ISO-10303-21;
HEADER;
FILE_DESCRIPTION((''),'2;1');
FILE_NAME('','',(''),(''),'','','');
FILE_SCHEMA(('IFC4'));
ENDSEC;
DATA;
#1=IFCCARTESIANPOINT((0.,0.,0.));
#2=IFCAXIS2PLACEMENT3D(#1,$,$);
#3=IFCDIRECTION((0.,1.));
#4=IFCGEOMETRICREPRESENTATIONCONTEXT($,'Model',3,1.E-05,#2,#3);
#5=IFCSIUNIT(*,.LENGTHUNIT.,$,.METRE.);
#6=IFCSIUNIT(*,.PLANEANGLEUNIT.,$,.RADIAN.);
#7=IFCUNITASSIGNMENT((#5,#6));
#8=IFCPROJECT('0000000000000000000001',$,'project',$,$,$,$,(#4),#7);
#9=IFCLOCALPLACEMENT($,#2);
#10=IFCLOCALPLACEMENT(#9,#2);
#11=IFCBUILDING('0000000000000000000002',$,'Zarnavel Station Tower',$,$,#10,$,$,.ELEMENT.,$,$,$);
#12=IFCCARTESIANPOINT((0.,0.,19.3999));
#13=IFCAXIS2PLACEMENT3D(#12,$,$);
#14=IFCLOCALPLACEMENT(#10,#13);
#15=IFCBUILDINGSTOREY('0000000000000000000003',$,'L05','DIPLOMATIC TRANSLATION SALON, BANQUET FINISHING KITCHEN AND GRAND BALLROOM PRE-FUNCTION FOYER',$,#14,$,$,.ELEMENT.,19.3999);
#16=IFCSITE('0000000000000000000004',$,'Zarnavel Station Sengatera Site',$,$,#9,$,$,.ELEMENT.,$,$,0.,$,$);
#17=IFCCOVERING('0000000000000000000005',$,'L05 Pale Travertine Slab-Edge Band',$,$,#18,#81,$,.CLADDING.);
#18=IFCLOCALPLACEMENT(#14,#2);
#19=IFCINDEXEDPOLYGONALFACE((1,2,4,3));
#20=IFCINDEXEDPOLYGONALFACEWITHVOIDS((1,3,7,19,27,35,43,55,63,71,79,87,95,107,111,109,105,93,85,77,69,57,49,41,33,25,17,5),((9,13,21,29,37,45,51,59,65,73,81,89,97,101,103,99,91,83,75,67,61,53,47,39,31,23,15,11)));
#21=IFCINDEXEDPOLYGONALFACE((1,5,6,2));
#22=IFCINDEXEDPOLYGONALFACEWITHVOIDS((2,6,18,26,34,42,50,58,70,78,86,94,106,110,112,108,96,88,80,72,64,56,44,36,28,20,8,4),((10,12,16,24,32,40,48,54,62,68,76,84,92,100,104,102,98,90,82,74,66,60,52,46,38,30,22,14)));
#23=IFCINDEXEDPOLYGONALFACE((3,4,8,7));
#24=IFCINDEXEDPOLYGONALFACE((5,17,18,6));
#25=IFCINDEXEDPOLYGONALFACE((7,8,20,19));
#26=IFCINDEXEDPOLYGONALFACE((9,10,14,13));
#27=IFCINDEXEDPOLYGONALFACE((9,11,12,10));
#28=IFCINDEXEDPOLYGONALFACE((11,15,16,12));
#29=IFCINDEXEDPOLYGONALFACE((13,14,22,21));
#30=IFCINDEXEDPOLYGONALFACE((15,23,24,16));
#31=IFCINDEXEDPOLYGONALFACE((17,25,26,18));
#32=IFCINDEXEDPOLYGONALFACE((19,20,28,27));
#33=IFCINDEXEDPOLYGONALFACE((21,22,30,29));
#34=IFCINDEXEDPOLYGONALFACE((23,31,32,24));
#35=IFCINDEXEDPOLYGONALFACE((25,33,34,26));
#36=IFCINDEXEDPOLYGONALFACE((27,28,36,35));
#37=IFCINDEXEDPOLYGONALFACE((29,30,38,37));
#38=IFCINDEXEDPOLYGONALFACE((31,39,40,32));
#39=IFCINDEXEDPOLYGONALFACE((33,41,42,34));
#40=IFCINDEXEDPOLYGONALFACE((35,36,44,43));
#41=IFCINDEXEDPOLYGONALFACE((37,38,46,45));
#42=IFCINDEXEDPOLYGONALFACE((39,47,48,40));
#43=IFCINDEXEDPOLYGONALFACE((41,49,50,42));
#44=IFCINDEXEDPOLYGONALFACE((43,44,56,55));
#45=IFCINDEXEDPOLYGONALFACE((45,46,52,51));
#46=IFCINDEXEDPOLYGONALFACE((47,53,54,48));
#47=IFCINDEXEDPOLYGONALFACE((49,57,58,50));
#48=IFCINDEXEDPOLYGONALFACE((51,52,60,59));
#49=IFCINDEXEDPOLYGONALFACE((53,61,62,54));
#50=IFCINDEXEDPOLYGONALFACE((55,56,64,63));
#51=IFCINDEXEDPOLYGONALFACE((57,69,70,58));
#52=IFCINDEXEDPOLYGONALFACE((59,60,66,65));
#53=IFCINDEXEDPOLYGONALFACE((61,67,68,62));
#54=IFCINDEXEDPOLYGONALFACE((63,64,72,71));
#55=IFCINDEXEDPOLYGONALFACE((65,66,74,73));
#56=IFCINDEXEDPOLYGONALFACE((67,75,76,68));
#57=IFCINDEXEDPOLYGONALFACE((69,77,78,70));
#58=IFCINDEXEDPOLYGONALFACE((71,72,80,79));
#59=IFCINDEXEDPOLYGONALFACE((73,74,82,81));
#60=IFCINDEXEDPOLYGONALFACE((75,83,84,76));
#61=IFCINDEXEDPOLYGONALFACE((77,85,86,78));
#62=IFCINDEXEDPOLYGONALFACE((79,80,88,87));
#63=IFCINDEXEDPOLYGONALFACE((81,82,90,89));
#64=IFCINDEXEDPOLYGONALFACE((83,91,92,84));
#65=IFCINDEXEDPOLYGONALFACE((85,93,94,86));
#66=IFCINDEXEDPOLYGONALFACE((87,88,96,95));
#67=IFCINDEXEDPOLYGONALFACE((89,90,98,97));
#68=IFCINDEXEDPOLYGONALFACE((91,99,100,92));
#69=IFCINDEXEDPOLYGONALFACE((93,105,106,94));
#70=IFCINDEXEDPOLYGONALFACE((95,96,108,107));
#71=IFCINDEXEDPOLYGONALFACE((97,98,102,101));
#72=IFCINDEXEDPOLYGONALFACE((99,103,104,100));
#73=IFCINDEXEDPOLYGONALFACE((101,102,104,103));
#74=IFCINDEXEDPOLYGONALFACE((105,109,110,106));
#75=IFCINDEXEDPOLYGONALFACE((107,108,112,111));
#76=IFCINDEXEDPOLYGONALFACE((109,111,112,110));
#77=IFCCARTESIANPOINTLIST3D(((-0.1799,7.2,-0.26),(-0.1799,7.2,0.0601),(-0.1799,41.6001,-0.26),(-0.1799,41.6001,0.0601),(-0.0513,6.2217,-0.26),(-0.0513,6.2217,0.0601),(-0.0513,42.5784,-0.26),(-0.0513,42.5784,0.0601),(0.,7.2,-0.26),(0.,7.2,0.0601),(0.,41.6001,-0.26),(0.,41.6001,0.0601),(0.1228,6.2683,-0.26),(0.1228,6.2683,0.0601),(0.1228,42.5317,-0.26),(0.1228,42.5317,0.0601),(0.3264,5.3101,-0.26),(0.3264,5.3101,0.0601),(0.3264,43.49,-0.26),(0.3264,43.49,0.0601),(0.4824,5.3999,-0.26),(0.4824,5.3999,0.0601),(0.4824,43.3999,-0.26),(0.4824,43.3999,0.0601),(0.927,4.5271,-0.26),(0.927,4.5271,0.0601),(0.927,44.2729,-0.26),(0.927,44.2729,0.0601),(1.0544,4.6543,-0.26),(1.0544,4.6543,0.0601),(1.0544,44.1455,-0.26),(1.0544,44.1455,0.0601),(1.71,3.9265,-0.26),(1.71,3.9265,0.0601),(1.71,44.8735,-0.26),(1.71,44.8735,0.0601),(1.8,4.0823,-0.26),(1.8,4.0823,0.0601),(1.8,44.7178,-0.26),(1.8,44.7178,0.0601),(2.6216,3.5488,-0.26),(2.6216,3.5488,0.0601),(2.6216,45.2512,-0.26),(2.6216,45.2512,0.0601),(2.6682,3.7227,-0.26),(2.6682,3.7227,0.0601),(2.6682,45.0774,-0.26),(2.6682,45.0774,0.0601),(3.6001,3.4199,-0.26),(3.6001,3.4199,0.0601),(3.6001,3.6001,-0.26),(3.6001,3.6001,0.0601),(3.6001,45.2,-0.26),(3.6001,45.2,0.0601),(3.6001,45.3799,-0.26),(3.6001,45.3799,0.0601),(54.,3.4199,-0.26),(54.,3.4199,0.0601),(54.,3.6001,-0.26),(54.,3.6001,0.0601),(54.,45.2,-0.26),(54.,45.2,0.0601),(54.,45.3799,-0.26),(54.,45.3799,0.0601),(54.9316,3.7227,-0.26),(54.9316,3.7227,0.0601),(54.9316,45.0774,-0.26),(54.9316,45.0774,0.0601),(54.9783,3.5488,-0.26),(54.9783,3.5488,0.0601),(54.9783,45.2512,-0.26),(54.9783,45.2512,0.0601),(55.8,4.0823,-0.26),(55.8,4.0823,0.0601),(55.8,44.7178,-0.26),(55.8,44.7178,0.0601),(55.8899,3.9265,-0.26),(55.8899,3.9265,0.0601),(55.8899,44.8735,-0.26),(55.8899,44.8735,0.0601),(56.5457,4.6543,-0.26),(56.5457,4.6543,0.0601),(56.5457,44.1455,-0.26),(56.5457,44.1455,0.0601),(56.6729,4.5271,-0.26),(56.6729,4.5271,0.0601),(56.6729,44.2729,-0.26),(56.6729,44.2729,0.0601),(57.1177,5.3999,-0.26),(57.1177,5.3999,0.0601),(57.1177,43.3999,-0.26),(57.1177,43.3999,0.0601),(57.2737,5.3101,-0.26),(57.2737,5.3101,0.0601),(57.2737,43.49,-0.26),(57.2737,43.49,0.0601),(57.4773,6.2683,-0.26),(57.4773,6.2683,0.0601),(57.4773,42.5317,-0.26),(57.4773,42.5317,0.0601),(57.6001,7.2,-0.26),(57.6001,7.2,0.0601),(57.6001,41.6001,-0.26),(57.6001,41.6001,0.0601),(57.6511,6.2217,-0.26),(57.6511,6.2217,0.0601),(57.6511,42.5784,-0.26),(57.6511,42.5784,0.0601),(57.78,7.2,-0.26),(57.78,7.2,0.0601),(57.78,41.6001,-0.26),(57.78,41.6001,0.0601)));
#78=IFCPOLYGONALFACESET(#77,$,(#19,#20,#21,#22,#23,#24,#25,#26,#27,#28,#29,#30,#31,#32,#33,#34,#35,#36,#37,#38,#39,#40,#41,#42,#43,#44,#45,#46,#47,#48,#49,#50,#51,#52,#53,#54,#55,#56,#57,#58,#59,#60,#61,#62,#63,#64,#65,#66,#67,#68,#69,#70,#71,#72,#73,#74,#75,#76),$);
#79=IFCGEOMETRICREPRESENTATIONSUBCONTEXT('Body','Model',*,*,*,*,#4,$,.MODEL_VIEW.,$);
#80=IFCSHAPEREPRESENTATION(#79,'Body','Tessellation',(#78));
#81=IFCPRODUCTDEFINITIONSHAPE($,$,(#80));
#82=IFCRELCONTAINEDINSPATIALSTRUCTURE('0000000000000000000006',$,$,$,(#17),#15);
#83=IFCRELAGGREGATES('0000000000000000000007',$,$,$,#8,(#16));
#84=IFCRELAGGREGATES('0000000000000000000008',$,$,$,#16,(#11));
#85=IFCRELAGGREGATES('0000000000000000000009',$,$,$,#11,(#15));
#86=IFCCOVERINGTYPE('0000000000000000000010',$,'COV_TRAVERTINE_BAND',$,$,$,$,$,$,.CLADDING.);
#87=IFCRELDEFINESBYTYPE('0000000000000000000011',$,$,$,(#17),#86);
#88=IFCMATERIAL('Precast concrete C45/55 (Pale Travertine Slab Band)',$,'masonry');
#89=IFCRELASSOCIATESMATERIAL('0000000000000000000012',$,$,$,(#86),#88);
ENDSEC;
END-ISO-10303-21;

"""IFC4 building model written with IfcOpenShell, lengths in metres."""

from ifc_helpers import new_model, si_unit, direction, frame, origin, place, context, subcontext, project, spatial, polyline, outline, extrude, material, type_object, element, save


model = new_model("IFC4")

# Units and contexts
model_context = context("Model", 3, precision=1e-05, world=origin(), true_north=direction((0.0, 1.0)))
body_context = subcontext(model_context, "Body", "Model", "MODEL_VIEW")
ifc_project = project(units=[si_unit("LENGTHUNIT", "METRE"), si_unit("PLANEANGLEUNIT", "RADIAN")], contexts=[model_context])

# Site, building, storey
site_placement = place(None, origin())
site = spatial("IfcSite", under=ifc_project, at=site_placement, Name="Zarnavel Station Sengatera Site", CompositionType="ELEMENT", RefElevation=0.0)
building_placement = place(site_placement, origin())
building = spatial("IfcBuilding", under=site, at=building_placement, Name="Zarnavel Station Tower", CompositionType="ELEMENT")
storey_placement = place(building_placement, frame((0.0, 0.0, 19.3999)))
storey = spatial("IfcBuildingStorey", under=building, at=storey_placement, Name="L05", Description="DIPLOMATIC TRANSLATION SALON, BANQUET FINISHING KITCHEN AND GRAND BALLROOM PRE-FUNCTION FOYER", CompositionType="ELEMENT", Elevation=19.3999)

# Covering
ifc_material_1 = material(Name="Precast concrete C45/55 (Pale Travertine Slab Band)", Category="masonry")
covering_type_1 = type_object("IfcCoveringType", Name="COV_TRAVERTINE_BAND", PredefinedType="CLADDING", material=ifc_material_1)
covering_1_placement = place(storey_placement, frame((0.0, 0.0, -0.26)))
element("IfcCovering", 1, at=covering_1_placement, inside=storey, type_object=covering_type_1, Name="L05 Pale Travertine Slab-Edge Band", PredefinedType="CLADDING", context=body_context, shape_type="SweptSolid", body=[
    extrude(outline(polyline([(54.0, 3.4199), (54.9783, 3.5488), (55.8899, 3.9265), (56.6729, 4.5271), (57.2737, 5.3101), (57.6511, 6.2217), (57.78, 7.2), (57.78, 41.6001), (57.6511, 42.5784), (57.2737, 43.49), (56.6729, 44.2729), (55.8899, 44.8735), (54.9783, 45.2512), (54.0, 45.3799), (3.6001, 45.3799), (2.6216, 45.2512), (1.71, 44.8735), (0.927, 44.2729), (0.3264, 43.49), (-0.0513, 42.5784), (-0.1799, 41.6001), (-0.1799, 7.2), (-0.0513, 6.2217), (0.3264, 5.3101), (0.927, 4.5271), (1.71, 3.9265), (2.6216, 3.5488), (3.6001, 3.4199), (54.0, 3.4199)]), holes=[polyline([(54.0, 3.6001), (54.9316, 3.7227), (55.8, 4.0823), (56.5457, 4.6543), (57.1177, 5.3999), (57.4773, 6.2683), (57.6001, 7.2), (57.6001, 41.6001), (57.4773, 42.5317), (57.1177, 43.3999), (56.5457, 44.1455), (55.8, 44.7178), (54.9316, 45.0774), (54.0, 45.2), (3.6001, 45.2), (2.6682, 45.0774), (1.8, 44.7178), (1.0544, 44.1455), (0.4824, 43.3999), (0.1228, 42.5317), (0.0, 41.6001), (0.0, 7.2), (0.1228, 6.2683), (0.4824, 5.3999), (1.0544, 4.6543), (1.8, 4.0823), (2.6682, 3.7227), (3.6001, 3.6001), (54.0, 3.6001)])]), origin(), (0.0, 0.0, 1.0), 0.3201),
])

save(model, "model.ifc")
